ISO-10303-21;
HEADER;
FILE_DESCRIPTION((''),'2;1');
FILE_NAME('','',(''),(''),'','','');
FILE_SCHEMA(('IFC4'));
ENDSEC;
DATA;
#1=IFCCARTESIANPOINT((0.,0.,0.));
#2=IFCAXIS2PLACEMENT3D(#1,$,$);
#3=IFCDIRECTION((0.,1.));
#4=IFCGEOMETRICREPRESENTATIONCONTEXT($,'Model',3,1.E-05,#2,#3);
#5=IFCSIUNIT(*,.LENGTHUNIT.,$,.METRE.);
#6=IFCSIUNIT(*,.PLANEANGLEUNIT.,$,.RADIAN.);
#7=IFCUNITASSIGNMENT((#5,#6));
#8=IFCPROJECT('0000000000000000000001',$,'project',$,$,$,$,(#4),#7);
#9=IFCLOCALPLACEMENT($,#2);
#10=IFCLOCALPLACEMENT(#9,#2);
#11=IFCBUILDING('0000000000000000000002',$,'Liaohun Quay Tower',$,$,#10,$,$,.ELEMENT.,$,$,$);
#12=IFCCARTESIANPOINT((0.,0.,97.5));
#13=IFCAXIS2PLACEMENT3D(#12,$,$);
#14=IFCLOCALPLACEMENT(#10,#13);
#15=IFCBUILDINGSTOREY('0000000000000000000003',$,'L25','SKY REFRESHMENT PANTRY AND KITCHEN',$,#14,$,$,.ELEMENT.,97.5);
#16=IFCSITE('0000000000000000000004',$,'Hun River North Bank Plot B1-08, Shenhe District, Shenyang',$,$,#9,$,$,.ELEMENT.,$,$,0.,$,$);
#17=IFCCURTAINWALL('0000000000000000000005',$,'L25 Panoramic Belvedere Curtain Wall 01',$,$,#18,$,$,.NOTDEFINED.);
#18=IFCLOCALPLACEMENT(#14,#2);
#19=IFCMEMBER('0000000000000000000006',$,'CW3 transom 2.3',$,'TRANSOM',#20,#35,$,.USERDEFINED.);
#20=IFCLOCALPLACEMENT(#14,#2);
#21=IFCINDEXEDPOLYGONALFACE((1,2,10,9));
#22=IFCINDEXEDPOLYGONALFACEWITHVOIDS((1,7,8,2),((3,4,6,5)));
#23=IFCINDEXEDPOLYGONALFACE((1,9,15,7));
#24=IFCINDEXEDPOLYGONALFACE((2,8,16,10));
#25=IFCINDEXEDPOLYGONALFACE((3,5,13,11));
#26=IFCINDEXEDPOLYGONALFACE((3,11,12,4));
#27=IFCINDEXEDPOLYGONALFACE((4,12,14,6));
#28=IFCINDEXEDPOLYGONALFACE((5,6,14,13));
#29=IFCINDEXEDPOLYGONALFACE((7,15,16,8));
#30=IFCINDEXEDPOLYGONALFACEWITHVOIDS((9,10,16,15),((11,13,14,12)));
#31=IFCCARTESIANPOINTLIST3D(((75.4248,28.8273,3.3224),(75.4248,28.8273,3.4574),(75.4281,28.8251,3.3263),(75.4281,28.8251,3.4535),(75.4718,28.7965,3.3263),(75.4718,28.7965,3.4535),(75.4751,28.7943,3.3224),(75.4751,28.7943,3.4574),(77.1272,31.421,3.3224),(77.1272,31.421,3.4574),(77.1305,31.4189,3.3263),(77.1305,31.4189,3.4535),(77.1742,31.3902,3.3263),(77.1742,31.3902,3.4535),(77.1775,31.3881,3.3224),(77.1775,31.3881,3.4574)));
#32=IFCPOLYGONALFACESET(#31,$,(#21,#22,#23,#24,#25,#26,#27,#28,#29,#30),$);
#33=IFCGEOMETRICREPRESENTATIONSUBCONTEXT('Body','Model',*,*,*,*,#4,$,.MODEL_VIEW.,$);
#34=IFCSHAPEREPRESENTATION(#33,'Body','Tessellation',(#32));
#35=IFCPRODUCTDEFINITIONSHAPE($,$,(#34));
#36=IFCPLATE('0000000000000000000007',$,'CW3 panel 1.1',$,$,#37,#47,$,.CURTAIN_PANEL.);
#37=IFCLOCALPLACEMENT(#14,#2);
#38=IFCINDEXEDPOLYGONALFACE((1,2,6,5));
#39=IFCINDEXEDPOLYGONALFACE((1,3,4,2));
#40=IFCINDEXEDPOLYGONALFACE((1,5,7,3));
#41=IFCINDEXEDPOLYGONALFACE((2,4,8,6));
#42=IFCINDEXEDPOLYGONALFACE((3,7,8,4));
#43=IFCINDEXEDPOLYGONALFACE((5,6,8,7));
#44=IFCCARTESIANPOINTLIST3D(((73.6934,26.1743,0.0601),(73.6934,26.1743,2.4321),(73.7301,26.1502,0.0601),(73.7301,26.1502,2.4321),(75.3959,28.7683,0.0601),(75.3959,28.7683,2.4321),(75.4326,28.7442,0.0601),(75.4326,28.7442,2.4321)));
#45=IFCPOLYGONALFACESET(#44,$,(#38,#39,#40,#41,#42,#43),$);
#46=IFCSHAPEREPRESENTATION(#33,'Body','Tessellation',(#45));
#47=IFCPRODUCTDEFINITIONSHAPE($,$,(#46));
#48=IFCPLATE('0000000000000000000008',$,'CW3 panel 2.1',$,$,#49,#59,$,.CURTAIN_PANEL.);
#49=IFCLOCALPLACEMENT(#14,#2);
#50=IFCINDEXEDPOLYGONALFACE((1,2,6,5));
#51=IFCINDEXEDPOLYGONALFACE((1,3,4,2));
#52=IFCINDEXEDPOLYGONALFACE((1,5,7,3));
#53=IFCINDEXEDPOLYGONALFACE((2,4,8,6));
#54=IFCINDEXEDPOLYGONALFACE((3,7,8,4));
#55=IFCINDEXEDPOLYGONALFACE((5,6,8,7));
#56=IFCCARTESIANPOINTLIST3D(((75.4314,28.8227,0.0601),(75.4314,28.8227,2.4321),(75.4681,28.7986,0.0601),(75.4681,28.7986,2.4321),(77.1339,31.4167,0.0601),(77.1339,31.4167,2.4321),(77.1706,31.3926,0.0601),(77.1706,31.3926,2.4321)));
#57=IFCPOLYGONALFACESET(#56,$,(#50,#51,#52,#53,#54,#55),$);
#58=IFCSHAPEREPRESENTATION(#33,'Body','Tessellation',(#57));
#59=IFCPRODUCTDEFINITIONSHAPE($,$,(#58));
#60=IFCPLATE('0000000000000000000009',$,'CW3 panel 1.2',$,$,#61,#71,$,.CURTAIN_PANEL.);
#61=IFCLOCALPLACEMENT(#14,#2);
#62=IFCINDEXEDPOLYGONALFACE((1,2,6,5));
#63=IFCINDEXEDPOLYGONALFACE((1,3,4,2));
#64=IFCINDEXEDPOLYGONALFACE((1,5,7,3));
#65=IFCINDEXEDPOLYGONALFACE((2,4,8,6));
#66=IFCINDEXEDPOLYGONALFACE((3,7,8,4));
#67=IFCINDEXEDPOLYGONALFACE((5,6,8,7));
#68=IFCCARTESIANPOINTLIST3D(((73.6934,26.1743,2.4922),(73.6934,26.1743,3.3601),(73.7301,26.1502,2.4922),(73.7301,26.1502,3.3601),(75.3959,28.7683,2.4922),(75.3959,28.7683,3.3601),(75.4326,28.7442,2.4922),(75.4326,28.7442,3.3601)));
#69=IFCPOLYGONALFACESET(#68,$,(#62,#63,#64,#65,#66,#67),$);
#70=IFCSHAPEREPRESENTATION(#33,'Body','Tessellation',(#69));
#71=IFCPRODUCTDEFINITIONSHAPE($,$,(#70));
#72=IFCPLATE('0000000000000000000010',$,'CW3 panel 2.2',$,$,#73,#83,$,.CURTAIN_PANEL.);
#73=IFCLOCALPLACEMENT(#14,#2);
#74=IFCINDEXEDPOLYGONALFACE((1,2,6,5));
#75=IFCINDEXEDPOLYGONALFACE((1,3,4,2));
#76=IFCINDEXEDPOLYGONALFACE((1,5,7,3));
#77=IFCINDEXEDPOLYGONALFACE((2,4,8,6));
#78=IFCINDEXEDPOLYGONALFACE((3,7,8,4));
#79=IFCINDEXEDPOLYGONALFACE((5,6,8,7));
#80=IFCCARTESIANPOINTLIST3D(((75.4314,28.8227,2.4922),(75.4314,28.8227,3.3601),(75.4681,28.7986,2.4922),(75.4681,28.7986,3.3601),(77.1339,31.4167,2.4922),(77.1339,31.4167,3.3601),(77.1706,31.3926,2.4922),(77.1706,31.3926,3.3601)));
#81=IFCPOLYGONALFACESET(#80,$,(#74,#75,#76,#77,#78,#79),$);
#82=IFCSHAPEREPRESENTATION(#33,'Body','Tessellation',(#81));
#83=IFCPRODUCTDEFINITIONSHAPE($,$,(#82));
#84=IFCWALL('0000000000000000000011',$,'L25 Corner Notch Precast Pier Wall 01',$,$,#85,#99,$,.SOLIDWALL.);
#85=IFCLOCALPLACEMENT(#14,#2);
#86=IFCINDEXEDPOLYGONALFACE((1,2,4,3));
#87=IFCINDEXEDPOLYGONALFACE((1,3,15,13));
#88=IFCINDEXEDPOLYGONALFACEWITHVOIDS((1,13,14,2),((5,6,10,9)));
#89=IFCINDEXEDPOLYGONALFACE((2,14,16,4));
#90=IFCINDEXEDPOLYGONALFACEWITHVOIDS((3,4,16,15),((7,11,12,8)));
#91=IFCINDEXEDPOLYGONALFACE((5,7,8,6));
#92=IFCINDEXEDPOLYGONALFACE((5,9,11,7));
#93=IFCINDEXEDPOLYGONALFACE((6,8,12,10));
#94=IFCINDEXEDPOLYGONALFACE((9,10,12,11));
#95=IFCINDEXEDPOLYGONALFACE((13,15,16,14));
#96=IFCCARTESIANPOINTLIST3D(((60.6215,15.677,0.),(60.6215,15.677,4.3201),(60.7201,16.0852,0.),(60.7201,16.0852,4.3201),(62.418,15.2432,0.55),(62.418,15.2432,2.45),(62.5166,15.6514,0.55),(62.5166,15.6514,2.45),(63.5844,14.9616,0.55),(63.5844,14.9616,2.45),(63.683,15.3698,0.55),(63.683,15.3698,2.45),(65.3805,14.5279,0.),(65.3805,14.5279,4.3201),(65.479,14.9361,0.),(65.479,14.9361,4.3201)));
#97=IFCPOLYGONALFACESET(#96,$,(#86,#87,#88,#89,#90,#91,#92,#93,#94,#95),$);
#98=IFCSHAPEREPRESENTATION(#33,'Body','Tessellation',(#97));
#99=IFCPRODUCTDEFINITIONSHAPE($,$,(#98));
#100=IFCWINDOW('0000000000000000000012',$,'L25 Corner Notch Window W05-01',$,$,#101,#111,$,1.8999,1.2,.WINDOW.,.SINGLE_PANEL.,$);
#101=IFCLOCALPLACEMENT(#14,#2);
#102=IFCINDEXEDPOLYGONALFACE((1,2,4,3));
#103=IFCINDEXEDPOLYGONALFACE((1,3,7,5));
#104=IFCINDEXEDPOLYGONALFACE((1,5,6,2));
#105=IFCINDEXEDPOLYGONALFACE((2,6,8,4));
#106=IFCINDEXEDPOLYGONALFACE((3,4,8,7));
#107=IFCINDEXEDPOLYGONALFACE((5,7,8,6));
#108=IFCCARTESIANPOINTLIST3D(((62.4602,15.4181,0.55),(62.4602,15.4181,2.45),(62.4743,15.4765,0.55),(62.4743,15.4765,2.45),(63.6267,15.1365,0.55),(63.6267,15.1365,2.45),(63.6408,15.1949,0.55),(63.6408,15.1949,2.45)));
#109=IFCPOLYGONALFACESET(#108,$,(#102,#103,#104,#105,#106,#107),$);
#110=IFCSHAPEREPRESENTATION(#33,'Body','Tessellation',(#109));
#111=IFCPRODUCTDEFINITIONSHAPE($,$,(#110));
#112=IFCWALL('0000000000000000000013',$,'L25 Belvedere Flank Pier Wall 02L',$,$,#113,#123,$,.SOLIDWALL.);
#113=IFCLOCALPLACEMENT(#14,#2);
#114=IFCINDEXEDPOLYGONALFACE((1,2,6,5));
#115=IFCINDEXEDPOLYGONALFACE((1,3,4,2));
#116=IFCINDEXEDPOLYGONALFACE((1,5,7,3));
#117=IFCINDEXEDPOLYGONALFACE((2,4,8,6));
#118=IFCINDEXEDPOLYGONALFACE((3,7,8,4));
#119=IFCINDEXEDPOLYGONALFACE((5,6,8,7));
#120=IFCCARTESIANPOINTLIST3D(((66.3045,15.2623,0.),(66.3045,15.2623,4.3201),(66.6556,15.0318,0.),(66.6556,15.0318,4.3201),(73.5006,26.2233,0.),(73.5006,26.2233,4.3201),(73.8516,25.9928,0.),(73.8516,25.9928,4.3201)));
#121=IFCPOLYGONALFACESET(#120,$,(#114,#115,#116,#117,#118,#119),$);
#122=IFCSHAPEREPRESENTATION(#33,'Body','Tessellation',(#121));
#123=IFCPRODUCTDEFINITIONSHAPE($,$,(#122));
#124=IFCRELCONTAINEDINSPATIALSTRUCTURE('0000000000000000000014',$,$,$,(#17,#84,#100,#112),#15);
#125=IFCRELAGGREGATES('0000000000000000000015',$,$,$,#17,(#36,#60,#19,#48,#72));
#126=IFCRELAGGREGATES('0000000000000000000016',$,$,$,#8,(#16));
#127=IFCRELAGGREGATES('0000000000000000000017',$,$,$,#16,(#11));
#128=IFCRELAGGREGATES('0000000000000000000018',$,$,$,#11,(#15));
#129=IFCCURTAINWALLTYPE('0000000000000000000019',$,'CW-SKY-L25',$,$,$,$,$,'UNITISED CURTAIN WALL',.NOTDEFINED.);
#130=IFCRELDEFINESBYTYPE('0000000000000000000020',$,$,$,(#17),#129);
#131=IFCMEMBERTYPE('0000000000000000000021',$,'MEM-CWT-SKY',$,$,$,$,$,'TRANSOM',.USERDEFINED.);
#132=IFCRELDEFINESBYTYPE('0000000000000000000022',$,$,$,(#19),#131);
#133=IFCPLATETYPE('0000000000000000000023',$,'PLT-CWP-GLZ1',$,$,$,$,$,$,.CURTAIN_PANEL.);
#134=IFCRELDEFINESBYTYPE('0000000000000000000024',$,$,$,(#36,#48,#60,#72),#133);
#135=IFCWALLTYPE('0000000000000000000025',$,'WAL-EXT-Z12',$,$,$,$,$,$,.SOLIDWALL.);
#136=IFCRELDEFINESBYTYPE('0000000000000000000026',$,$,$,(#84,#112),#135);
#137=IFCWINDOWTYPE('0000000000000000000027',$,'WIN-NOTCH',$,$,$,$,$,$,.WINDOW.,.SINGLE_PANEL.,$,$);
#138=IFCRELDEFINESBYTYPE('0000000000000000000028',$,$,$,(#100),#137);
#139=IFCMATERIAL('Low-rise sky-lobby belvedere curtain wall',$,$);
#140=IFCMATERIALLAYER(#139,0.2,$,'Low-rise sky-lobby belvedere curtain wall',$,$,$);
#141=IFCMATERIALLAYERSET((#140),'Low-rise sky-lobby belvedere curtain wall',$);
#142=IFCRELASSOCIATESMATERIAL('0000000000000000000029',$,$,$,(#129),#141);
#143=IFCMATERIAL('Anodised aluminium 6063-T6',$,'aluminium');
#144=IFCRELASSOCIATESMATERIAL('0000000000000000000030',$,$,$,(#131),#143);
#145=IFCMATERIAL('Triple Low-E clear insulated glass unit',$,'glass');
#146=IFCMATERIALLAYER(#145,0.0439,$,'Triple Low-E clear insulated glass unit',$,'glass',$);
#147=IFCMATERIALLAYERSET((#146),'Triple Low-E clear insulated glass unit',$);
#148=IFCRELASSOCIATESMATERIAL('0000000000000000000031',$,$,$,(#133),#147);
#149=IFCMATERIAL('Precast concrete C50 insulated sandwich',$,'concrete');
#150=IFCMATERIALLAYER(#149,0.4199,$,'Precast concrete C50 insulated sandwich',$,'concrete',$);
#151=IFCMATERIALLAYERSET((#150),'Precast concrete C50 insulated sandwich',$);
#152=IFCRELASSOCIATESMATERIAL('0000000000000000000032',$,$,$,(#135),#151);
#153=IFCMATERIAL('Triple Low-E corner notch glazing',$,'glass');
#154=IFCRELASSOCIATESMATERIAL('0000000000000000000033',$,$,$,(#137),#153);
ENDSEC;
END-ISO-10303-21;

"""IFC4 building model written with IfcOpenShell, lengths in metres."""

from ifc_helpers import new_model, si_unit, direction, frame, frame_2d, origin, origin_2d, place, context, subcontext, project, spatial, rectangle, hollow_rectangle, extrude, source, transform, mapped, material, layer, layer_set, material_profile, profile_set, type_object, element, fill, aggregate, save


model = new_model("IFC4")

# Units and contexts
model_context = context("Model", 3, precision=1e-05, world=origin(), true_north=direction((0.0, 1.0)))
body_context = subcontext(model_context, "Body", "Model", "MODEL_VIEW")
ifc_project = project(units=[si_unit("LENGTHUNIT", "METRE"), si_unit("PLANEANGLEUNIT", "RADIAN")], contexts=[model_context])

# Site, building, storey
site_placement = place(None, origin())
site = spatial("IfcSite", under=ifc_project, at=site_placement, Name="Hun River North Bank Plot B1-08, Shenhe District, Shenyang", CompositionType="ELEMENT", RefElevation=0.0)
building_placement = place(site_placement, origin())
building = spatial("IfcBuilding", under=site, at=building_placement, Name="Liaohun Quay Tower", CompositionType="ELEMENT")
storey_placement = place(building_placement, frame((0.0, 0.0, 97.5)))
storey = spatial("IfcBuildingStorey", under=building, at=storey_placement, Name="L25", Description="SKY REFRESHMENT PANTRY AND KITCHEN", CompositionType="ELEMENT", Elevation=97.5)

# Curtain wall, member, plates
ifc_material_1 = material(Name="Low-rise sky-lobby belvedere curtain wall")
ifc_layer_1 = layer(ifc_material_1, 0.2, Name="Low-rise sky-lobby belvedere curtain wall")
ifc_layer_set_1 = layer_set([ifc_layer_1], Name="Low-rise sky-lobby belvedere curtain wall")
curtain_wall_type = type_object("IfcCurtainWallType", Name="CW-SKY-L25", ElementType="UNITISED CURTAIN WALL", PredefinedType="NOTDEFINED", material=ifc_layer_set_1)
curtain_wall_placement = place(storey_placement, origin())
curtain_wall = element("IfcCurtainWall", 1, at=curtain_wall_placement, inside=storey, type_object=curtain_wall_type, Name="L25 Panoramic Belvedere Curtain Wall 01", PredefinedType="NOTDEFINED")
ifc_material_2 = material(Name="Anodised aluminium 6063-T6", Category="aluminium")
ifc_material_profile_1 = material_profile(ifc_material_2, hollow_rectangle(XDim=0.0601, YDim=0.135, WallThickness=0.0039, at=origin_2d()), Name="RHS135x60x4")
ifc_profile_set_1 = profile_set([ifc_material_profile_1], Name="Anodised aluminium 6063-T6")
member_type_1 = type_object("IfcMemberType", Name="MEM-CWT-SKY", ElementType="TRANSOM", PredefinedType="USERDEFINED", material=ifc_profile_set_1)
shared_shape_1 = source(origin(), body_context, "Body", "SweptSolid", [
    extrude(hollow_rectangle(XDim=0.0601, YDim=0.135, WallThickness=0.0039, at=origin_2d()), origin(), (0.0, 0.0, 1.0), 3.1025),
])
member_1_placement = place(storey_placement, frame((75.45, 28.8108, 3.3899), z_axis=(0.548711, 0.836012, 0.0), x_axis=(-0.836012, 0.548711, 0.0)))
member_1 = element("IfcMember", 2, at=member_1_placement, type_object=member_type_1, Name="CW3 transom 2.3", ObjectType="TRANSOM", PredefinedType="USERDEFINED", context=body_context, shape_type="MappedRepresentation", body=[
    mapped(shared_shape_1, transform((0.0, 0.0, 0.0), x_axis=(1.0, 0.0, 0.0), y_axis=(0.0, 1.0, 0.0), z_axis=(0.0, 0.0, 1.0), scale=1.0)),
])
ifc_material_3 = material(Name="Triple Low-E clear insulated glass unit", Category="glass")
ifc_layer_2 = layer(ifc_material_3, 0.0439, Name="Triple Low-E clear insulated glass unit", Category="glass")
ifc_layer_set_2 = layer_set([ifc_layer_2], Name="Triple Low-E clear insulated glass unit")
plate_type = type_object("IfcPlateType", Name="PLT-CWP-GLZ1", PredefinedType="CURTAIN_PANEL", material=ifc_layer_set_2)
shared_shape_2 = source(origin(), body_context, "Body", "SweptSolid", [
    extrude(rectangle(XDim=3.1028, YDim=0.0439, at=origin_2d()), origin(), (0.0, 0.0, 1.0), 2.3721),
])
plate_1_placement = place(storey_placement, frame((74.563, 27.4592, 0.0601), z_axis=(0.0, 0.0, 1.0), x_axis=(0.548701, 0.836019, 0.0)))
plate_1 = element("IfcPlate", 3, at=plate_1_placement, type_object=plate_type, Name="CW3 panel 1.1", PredefinedType="CURTAIN_PANEL", context=body_context, shape_type="MappedRepresentation", body=[
    mapped(shared_shape_2, transform((0.0, 0.0, 0.0), x_axis=(1.0, 0.0, 0.0), y_axis=(0.0, 1.0, 0.0), z_axis=(0.0, 0.0, 1.0), scale=1.0)),
])
plate_2_placement = place(storey_placement, frame((76.301, 30.1077, 0.0601), z_axis=(0.0, 0.0, 1.0), x_axis=(0.548701, 0.836019, 0.0)))
plate_2 = element("IfcPlate", 4, at=plate_2_placement, type_object=plate_type, Name="CW3 panel 2.1", PredefinedType="CURTAIN_PANEL", context=body_context, shape_type="MappedRepresentation", body=[
    mapped(shared_shape_2, transform((0.0, 0.0, 0.0), x_axis=(1.0, 0.0, 0.0), y_axis=(0.0, 1.0, 0.0), z_axis=(0.0, 0.0, 1.0), scale=1.0)),
])
shared_shape_3 = source(origin(), body_context, "Body", "SweptSolid", [
    extrude(rectangle(XDim=3.1028, YDim=0.0439, at=origin_2d()), origin(), (0.0, 0.0, 1.0), 0.8679),
])
plate_3_placement = place(storey_placement, frame((74.563, 27.4592, 2.4922), z_axis=(0.0, 0.0, 1.0), x_axis=(0.548701, 0.836019, 0.0)))
plate_3 = element("IfcPlate", 5, at=plate_3_placement, type_object=plate_type, Name="CW3 panel 1.2", PredefinedType="CURTAIN_PANEL", context=body_context, shape_type="MappedRepresentation", body=[
    mapped(shared_shape_3, transform((0.0, 0.0, 0.0), x_axis=(1.0, 0.0, 0.0), y_axis=(0.0, 1.0, 0.0), z_axis=(0.0, 0.0, 1.0), scale=1.0)),
])
plate_4_placement = place(storey_placement, frame((76.301, 30.1077, 2.4922), z_axis=(0.0, 0.0, 1.0), x_axis=(0.548701, 0.836019, 0.0)))
plate_4 = element("IfcPlate", 6, at=plate_4_placement, type_object=plate_type, Name="CW3 panel 2.2", PredefinedType="CURTAIN_PANEL", context=body_context, shape_type="MappedRepresentation", body=[
    mapped(shared_shape_3, transform((0.0, 0.0, 0.0), x_axis=(1.0, 0.0, 0.0), y_axis=(0.0, 1.0, 0.0), z_axis=(0.0, 0.0, 1.0), scale=1.0)),
])
aggregate(curtain_wall, [plate_1, plate_3, member_1, plate_2, plate_4])

# Wall, opening, window
ifc_material_4 = material(Name="Precast concrete C50 insulated sandwich", Category="concrete")
ifc_layer_3 = layer(ifc_material_4, 0.4199, Name="Precast concrete C50 insulated sandwich", Category="concrete")
ifc_layer_set_3 = layer_set([ifc_layer_3], Name="Precast concrete C50 insulated sandwich")
wall_type = type_object("IfcWallType", Name="WAL-EXT-Z12", PredefinedType="SOLIDWALL", material=ifc_layer_set_3)
wall_1_placement = place(storey_placement, frame((60.6709, 15.8811, 0.0), z_axis=(0.0, 0.0, 1.0), x_axis=(0.972062, -0.234725, 0.0)))
wall_1 = element("IfcWall", 7, at=wall_1_placement, inside=storey, type_object=wall_type, Name="L25 Corner Notch Precast Pier Wall 01", PredefinedType="SOLIDWALL", context=body_context, shape_type="SweptSolid", body=[
    extrude(rectangle(XDim=4.8958, YDim=0.4199, at=frame_2d((2.4478, 0.0))), origin(), (0.0, 0.0, 1.0), 4.3201),
])
shared_shape_4 = source(origin(), body_context, "Body", "SweptSolid", [
    extrude(rectangle(XDim=1.2, YDim=1.8999, at=frame_2d((0.6001, 0.95))), frame((0.0, 0.22, 0.0), z_axis=(0.0, -1.0, 0.0), x_axis=(1.0, 0.0, 0.0)), (0.0, 0.0, 1.0), 0.4399),
])
opening_placement = place(wall_1_placement, frame((1.8479, 0.0, 0.55)))
opening = element("IfcOpeningElement", 8, at=opening_placement, cuts=wall_1, PredefinedType="OPENING", context=body_context, shape_type="MappedRepresentation", body=[
    mapped(shared_shape_4, transform((0.0, 0.0, 0.0), x_axis=(1.0, 0.0, 0.0), y_axis=(0.0, 1.0, 0.0), z_axis=(0.0, 0.0, 1.0), scale=1.0)),
])
ifc_material_5 = material(Name="Triple Low-E corner notch glazing", Category="glass")
window_type = type_object("IfcWindowType", Name="WIN-NOTCH", PartitioningType="SINGLE_PANEL", PredefinedType="WINDOW", material=ifc_material_5)
shared_shape_5 = source(origin(), body_context, "Body", "SweptSolid", [
    extrude(rectangle(XDim=1.2, YDim=1.8999, at=frame_2d((0.6001, 0.95))), frame((0.0, 0.03, 0.0), z_axis=(0.0, -1.0, 0.0), x_axis=(1.0, 0.0, 0.0)), (0.0, 0.0, 1.0), 0.0601),
])
window_placement = place(opening_placement, origin())
window = element("IfcWindow", 9, at=window_placement, inside=storey, type_object=window_type, Name="L25 Corner Notch Window W05-01", OverallHeight=1.8999, OverallWidth=1.2, PartitioningType="SINGLE_PANEL", PredefinedType="WINDOW", context=body_context, shape_type="MappedRepresentation", body=[
    mapped(shared_shape_5, transform((0.0, 0.0, 0.0), x_axis=(1.0, 0.0, 0.0), y_axis=(0.0, 1.0, 0.0), z_axis=(0.0, 0.0, 1.0), scale=1.0)),
])
fill(opening, window)

# Wall
wall_2_placement = place(storey_placement, frame((66.48, 15.147, 0.0), z_axis=(0.0, 0.0, 1.0), x_axis=(0.548813, 0.835945, 0.0)))
element("IfcWall", 10, at=wall_2_placement, inside=storey, type_object=wall_type, Name="L25 Belvedere Flank Pier Wall 02L", PredefinedType="SOLIDWALL", context=body_context, shape_type="SweptSolid", body=[
    extrude(rectangle(XDim=13.1121, YDim=0.4199, at=frame_2d((6.5562, 0.0))), origin(), (0.0, 0.0, 1.0), 4.3201),
])

save(model, "model.ifc")
